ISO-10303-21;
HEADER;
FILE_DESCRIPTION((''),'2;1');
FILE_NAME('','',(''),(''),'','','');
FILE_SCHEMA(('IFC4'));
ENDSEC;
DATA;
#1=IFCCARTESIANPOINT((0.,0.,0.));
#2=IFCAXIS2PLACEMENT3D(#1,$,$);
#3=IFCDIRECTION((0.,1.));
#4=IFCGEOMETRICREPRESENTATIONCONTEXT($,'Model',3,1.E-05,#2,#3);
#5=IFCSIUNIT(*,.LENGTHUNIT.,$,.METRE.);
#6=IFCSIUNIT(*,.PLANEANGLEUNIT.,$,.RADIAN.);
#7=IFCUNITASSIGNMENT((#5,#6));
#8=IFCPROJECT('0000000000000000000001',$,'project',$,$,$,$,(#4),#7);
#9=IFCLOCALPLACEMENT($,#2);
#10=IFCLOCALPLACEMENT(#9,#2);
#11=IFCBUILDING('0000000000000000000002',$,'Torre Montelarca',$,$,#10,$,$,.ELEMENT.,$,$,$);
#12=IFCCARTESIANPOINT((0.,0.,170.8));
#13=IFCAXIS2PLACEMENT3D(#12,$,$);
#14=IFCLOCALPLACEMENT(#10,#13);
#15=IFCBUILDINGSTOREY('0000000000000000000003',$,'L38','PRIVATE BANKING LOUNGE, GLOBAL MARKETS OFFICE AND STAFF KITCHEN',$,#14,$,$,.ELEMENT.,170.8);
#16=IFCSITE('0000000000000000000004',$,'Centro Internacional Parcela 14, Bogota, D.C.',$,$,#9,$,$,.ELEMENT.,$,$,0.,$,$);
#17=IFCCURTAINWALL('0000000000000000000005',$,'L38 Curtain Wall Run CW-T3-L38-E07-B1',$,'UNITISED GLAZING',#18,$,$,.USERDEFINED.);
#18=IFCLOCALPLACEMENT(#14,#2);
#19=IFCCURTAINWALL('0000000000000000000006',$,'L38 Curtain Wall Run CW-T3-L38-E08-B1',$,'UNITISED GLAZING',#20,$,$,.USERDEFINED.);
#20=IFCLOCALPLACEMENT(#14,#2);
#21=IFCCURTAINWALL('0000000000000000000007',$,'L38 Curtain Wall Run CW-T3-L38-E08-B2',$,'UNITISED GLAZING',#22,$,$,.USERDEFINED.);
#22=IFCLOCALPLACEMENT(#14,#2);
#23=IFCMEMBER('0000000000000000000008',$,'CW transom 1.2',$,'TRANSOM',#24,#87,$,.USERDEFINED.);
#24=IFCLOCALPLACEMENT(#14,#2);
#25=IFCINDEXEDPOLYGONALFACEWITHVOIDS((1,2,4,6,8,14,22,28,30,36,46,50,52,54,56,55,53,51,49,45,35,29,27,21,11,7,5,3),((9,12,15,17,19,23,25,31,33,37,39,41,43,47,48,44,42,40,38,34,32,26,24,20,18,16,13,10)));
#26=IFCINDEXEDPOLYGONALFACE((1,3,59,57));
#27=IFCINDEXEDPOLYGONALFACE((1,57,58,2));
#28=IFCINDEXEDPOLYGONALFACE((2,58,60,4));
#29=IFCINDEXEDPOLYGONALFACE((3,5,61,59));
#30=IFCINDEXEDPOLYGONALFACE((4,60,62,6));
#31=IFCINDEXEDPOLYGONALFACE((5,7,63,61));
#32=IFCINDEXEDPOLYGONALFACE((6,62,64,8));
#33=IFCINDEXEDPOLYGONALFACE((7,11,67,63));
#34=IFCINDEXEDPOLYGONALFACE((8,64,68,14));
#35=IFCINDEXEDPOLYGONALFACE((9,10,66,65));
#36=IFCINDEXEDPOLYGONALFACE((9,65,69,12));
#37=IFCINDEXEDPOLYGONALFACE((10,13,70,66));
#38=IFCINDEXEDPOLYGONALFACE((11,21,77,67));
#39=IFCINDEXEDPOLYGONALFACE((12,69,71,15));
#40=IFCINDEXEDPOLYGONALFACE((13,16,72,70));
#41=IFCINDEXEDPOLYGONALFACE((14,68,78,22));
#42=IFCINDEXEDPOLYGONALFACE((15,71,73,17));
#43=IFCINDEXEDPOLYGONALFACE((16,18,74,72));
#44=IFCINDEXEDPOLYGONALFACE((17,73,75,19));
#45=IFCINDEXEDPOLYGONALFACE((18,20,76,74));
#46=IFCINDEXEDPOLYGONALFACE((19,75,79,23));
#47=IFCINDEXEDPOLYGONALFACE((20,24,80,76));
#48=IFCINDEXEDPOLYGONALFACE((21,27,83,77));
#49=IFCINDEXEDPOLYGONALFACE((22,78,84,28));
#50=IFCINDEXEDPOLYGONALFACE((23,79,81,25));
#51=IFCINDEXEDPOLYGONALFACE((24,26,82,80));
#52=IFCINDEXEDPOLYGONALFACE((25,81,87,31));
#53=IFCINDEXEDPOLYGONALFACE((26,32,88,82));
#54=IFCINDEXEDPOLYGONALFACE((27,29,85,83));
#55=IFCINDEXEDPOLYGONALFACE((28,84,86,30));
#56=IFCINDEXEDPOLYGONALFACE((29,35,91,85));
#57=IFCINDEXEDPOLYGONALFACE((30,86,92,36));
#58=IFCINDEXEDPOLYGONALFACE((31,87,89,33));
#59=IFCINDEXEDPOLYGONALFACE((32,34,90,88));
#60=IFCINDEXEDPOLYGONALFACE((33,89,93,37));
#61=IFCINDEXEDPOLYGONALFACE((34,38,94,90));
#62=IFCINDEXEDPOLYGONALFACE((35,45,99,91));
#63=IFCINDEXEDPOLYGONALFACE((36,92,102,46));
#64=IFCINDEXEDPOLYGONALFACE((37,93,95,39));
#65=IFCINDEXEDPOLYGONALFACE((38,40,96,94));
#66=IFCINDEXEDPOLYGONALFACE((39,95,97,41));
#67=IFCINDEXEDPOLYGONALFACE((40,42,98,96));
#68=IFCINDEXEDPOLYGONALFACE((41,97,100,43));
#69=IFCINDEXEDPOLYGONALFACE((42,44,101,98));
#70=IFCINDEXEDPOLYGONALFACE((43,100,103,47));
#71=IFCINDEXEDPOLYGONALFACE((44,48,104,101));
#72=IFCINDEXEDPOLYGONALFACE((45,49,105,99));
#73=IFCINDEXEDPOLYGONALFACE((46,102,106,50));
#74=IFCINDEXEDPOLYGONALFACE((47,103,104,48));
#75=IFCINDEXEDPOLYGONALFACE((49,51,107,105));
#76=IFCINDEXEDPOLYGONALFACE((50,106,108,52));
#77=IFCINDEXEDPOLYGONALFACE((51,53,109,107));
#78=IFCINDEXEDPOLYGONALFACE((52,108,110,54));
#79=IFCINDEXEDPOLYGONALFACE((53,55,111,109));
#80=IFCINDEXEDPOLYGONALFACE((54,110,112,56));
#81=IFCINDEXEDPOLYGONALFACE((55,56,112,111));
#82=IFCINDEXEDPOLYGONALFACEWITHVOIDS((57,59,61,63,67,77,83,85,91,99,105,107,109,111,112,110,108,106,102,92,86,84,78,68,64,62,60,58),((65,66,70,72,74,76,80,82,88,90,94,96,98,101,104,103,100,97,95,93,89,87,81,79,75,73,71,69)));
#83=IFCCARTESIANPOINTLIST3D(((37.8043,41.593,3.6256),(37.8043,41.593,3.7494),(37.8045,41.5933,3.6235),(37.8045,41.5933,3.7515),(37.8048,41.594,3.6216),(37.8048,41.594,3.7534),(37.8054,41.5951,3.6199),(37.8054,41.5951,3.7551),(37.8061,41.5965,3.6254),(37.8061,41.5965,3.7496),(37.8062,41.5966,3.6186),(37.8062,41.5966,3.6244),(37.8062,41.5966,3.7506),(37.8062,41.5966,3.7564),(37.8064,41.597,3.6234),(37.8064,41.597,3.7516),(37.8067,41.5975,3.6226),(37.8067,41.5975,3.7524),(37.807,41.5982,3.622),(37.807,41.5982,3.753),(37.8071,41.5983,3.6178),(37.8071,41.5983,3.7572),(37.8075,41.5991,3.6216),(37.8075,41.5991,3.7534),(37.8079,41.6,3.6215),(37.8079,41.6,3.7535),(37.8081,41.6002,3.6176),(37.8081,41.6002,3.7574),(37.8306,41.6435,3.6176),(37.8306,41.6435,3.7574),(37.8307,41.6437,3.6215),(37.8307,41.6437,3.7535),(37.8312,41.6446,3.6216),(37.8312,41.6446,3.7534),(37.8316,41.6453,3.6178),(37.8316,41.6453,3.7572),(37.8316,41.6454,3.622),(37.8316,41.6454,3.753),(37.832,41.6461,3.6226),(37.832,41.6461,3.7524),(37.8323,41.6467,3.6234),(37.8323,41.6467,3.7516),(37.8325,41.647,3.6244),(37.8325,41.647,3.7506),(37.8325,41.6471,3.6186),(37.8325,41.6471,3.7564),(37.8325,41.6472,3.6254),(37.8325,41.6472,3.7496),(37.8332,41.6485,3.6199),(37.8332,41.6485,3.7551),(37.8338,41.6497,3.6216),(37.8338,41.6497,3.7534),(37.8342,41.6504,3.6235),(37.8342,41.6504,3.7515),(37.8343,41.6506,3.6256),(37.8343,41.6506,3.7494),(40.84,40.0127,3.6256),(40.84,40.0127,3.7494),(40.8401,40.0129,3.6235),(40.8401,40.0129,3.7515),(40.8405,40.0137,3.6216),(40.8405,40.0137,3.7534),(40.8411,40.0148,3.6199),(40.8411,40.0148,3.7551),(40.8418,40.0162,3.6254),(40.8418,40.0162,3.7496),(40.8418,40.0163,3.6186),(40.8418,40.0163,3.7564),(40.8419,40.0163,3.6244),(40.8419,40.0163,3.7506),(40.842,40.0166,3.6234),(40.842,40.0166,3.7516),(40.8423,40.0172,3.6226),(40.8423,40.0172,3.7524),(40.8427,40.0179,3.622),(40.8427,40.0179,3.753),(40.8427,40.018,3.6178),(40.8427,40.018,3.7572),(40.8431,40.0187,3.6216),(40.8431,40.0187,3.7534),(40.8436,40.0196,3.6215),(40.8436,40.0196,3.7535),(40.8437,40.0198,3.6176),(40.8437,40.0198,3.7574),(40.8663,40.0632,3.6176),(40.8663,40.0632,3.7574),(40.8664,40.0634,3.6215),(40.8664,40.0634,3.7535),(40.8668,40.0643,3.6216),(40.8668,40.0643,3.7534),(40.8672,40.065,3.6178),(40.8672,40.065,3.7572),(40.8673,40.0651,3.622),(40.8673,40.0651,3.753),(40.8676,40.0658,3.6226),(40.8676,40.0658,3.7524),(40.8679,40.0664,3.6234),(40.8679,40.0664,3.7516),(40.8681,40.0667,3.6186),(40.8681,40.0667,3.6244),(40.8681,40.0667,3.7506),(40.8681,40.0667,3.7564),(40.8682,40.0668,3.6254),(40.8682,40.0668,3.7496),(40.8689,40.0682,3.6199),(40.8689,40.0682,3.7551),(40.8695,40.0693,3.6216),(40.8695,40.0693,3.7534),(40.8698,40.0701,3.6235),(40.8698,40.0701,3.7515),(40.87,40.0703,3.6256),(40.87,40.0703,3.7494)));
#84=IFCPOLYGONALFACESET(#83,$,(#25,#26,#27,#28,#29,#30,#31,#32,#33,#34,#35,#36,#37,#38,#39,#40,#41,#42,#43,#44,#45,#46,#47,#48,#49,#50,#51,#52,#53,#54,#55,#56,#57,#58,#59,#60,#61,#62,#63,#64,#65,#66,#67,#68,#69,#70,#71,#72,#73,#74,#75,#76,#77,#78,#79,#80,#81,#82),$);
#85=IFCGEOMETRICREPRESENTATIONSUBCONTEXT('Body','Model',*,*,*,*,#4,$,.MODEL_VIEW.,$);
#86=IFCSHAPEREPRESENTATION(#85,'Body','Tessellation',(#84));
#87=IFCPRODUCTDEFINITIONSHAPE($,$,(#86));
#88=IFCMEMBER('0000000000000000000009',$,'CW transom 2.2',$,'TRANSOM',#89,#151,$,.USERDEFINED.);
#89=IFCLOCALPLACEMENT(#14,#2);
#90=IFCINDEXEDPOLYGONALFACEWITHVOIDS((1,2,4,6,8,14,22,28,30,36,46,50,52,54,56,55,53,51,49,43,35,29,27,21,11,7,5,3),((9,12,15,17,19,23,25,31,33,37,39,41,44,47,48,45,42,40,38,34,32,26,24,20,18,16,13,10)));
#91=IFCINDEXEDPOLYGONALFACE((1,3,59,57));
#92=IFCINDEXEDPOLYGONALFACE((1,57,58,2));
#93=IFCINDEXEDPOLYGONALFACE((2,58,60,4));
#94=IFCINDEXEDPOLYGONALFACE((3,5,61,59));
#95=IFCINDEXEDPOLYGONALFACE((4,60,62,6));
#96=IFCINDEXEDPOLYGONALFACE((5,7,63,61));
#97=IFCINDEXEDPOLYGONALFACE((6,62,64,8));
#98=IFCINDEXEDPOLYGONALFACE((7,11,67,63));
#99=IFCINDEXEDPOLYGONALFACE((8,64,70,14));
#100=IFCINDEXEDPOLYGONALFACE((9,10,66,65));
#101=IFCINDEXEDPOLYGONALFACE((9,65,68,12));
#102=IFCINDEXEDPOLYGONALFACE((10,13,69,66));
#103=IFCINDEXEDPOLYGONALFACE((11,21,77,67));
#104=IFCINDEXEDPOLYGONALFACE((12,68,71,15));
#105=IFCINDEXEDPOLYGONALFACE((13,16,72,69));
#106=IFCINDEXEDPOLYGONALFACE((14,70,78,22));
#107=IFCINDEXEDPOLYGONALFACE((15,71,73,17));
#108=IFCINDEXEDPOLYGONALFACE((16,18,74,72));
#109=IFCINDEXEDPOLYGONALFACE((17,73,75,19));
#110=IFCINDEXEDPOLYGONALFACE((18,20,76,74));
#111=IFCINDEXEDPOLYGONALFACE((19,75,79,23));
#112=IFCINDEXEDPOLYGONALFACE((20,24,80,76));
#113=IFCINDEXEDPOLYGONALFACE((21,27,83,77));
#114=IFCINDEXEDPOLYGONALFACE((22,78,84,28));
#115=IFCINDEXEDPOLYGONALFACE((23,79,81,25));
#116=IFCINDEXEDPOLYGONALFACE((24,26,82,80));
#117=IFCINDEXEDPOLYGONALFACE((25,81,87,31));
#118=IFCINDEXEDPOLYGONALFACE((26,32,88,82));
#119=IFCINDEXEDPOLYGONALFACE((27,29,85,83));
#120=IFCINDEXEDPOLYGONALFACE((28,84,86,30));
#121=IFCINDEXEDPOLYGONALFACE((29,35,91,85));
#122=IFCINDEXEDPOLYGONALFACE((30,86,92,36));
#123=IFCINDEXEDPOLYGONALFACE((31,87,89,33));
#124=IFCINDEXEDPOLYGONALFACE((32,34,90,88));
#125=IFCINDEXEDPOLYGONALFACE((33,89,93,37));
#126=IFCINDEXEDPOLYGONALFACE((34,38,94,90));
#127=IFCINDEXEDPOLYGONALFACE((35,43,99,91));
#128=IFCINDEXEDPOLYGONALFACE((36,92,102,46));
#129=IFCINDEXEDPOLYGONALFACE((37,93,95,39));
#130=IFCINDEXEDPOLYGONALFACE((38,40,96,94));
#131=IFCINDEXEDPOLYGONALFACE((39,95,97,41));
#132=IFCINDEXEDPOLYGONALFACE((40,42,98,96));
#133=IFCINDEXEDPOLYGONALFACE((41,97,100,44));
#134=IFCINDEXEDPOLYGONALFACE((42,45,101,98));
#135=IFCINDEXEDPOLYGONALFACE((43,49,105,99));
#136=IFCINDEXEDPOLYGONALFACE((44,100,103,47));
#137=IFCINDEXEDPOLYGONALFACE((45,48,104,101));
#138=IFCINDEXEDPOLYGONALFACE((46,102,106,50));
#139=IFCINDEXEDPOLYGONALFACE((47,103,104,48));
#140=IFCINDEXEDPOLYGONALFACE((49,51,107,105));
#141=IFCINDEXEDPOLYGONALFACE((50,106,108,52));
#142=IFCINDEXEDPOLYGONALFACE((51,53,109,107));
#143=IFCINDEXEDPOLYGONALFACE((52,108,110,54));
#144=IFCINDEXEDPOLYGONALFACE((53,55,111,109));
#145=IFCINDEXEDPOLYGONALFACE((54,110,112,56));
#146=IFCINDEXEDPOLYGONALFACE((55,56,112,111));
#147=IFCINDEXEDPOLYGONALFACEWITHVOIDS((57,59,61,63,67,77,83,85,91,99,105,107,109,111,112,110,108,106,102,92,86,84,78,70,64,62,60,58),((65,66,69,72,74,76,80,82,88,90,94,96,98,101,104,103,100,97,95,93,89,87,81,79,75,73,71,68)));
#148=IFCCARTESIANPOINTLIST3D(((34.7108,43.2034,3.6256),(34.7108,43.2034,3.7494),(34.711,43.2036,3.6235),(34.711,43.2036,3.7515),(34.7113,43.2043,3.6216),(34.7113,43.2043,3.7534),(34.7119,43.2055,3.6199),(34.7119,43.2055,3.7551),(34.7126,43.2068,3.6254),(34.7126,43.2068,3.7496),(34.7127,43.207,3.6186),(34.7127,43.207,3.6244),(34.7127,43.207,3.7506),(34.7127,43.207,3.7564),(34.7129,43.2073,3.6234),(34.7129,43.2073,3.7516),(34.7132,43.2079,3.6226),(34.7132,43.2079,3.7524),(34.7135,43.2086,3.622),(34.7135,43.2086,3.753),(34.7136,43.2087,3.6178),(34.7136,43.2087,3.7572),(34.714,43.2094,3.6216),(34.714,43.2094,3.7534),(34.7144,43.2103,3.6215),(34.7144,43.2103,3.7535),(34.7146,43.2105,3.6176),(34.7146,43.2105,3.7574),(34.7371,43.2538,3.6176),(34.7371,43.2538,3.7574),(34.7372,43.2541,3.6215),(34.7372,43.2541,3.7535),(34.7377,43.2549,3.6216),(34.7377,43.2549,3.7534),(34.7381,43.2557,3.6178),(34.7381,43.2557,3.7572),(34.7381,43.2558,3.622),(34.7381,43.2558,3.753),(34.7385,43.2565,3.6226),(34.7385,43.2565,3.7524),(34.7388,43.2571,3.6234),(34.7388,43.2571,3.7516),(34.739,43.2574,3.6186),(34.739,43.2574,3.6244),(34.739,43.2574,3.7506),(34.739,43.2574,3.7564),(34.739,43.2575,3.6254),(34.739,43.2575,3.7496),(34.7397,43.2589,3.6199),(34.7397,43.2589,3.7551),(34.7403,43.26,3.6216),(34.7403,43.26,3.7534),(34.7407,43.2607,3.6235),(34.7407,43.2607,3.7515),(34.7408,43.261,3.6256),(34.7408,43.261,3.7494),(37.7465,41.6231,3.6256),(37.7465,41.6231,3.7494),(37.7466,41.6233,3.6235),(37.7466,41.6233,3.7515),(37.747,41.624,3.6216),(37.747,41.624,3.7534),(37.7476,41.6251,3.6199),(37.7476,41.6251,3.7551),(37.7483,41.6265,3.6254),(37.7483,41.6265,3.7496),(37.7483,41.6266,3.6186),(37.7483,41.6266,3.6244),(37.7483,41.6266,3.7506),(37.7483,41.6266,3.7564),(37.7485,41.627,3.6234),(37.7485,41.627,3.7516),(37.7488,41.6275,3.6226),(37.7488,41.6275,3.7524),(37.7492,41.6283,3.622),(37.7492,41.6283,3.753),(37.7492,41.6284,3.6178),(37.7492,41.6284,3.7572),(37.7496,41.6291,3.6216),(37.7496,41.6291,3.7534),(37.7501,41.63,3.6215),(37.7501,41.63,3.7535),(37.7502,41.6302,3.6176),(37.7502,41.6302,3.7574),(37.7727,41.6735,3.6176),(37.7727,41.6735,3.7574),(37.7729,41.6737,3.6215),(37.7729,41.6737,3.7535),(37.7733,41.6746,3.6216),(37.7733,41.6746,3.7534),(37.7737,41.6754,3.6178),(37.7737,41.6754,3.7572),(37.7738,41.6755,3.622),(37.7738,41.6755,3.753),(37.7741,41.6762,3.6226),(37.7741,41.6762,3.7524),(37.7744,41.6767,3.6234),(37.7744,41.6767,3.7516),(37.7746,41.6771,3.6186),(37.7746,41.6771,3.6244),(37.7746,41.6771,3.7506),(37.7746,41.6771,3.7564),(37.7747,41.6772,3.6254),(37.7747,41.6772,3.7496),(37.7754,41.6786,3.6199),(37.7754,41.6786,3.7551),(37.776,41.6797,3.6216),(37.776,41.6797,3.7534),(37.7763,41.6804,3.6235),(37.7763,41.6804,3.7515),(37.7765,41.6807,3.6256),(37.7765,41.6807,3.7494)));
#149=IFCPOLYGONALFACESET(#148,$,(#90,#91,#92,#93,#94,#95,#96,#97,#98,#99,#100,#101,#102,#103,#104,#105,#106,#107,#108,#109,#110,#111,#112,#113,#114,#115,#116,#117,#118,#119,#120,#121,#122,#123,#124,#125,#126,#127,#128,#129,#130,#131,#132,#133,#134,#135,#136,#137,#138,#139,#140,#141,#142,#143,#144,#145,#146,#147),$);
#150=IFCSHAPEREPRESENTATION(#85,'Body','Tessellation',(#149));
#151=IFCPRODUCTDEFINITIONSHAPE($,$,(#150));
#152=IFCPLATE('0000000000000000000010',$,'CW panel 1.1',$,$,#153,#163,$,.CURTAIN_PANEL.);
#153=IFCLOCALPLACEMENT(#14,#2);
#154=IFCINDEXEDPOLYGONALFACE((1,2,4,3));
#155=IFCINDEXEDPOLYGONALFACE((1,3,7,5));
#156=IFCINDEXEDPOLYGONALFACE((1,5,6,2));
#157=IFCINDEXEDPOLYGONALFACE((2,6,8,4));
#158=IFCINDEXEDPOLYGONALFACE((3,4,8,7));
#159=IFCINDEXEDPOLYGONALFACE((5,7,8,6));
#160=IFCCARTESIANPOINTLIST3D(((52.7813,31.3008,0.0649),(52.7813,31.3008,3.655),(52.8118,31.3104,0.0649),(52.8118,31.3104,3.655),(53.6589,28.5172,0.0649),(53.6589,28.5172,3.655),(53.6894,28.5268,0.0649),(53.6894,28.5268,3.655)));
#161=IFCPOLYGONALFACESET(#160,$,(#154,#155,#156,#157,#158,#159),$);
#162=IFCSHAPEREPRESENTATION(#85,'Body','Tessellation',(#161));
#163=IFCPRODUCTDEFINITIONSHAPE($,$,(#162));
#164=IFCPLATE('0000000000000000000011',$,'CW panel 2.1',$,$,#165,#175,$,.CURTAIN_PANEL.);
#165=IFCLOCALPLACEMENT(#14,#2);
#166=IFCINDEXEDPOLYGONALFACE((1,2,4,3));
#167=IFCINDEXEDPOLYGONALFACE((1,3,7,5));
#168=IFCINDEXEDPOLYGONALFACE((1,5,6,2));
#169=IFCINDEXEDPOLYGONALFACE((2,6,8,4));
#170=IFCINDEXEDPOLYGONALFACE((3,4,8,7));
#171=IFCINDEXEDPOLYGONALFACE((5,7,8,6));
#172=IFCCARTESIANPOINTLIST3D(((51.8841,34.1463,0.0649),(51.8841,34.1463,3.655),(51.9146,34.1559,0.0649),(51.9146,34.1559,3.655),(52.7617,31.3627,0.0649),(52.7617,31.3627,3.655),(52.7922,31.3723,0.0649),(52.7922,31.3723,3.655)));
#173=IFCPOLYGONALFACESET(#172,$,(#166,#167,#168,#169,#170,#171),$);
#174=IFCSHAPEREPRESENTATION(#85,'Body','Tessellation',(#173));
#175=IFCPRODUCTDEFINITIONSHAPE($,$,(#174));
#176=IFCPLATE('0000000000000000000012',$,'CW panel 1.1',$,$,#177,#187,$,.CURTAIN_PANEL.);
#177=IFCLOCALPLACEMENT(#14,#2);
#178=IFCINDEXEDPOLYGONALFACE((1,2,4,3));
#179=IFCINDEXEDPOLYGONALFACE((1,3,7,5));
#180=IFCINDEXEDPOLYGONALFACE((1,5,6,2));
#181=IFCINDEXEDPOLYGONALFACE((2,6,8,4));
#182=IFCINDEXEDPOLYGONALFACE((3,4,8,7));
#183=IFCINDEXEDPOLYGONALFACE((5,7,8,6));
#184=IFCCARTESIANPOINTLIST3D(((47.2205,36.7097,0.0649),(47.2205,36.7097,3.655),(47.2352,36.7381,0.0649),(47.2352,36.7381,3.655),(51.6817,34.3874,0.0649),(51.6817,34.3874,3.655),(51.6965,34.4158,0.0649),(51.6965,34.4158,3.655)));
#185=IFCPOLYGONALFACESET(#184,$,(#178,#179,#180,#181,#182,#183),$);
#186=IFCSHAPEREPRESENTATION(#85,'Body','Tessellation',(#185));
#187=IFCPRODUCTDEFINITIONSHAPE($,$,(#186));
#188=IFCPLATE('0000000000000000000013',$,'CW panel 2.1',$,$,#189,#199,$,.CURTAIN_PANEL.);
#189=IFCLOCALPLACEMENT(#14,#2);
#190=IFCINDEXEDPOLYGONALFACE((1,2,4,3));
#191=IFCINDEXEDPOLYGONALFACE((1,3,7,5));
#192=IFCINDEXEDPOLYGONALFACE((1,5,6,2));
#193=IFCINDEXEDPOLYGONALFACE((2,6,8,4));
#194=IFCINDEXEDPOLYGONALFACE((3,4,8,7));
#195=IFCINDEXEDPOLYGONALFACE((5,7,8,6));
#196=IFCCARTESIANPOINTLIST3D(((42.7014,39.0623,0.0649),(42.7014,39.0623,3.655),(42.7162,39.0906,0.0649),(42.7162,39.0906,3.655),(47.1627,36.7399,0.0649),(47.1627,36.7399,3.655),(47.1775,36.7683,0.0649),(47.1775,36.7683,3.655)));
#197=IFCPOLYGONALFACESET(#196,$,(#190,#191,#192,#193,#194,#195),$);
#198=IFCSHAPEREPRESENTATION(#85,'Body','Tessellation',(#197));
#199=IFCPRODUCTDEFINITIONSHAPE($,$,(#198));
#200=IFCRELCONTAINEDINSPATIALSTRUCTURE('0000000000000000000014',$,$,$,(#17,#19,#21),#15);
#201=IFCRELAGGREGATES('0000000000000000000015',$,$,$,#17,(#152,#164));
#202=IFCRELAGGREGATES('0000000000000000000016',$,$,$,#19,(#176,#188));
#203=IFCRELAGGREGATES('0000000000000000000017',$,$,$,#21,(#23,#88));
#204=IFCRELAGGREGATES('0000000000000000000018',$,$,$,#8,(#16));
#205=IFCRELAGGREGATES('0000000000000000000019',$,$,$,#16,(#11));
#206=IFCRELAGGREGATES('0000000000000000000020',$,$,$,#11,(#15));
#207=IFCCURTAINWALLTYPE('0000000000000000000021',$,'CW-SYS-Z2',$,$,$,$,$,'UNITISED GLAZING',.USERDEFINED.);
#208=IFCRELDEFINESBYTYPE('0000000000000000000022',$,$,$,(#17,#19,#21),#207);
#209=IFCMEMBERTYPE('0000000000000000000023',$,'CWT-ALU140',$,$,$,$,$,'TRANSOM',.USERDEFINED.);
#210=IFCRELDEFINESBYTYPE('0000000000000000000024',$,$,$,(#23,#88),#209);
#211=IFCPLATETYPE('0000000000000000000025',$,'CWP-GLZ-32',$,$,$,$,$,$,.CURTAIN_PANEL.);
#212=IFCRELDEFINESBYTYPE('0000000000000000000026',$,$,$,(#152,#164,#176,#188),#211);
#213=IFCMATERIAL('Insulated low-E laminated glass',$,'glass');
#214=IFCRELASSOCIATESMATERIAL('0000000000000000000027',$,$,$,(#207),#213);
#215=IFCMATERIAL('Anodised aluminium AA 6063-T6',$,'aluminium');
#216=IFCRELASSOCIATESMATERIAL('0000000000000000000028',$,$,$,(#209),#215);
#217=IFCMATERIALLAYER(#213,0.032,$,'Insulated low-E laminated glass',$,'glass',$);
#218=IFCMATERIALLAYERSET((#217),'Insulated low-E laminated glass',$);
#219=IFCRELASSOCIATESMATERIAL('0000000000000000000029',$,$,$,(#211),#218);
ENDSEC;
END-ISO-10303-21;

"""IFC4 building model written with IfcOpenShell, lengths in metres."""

from ifc_helpers import new_model, si_unit, direction, frame, origin, origin_2d, place, context, subcontext, project, spatial, rectangle, hollow_rectangle, extrude, source, transform, mapped, material, layer, layer_set, material_profile, profile_set, type_object, element, aggregate, save


model = new_model("IFC4")

# Units and contexts
model_context = context("Model", 3, precision=1e-05, world=origin(), true_north=direction((0.0, 1.0)))
body_context = subcontext(model_context, "Body", "Model", "MODEL_VIEW")
ifc_project = project(units=[si_unit("LENGTHUNIT", "METRE"), si_unit("PLANEANGLEUNIT", "RADIAN")], contexts=[model_context])

# Site, building, storey
site_placement = place(None, origin())
site = spatial("IfcSite", under=ifc_project, at=site_placement, Name="Centro Internacional Parcela 14, Bogota, D.C.", CompositionType="ELEMENT", RefElevation=0.0)
building_placement = place(site_placement, origin())
building = spatial("IfcBuilding", under=site, at=building_placement, Name="Torre Montelarca", CompositionType="ELEMENT")
storey_placement = place(building_placement, frame((0.0, 0.0, 170.8)))
storey = spatial("IfcBuildingStorey", under=building, at=storey_placement, Name="L38", Description="PRIVATE BANKING LOUNGE, GLOBAL MARKETS OFFICE AND STAFF KITCHEN", CompositionType="ELEMENT", Elevation=170.8)

# Curtain walls
ifc_material_1 = material(Name="Insulated low-E laminated glass", Category="glass")
curtain_wall_type = type_object("IfcCurtainWallType", Name="CW-SYS-Z2", ElementType="UNITISED GLAZING", PredefinedType="USERDEFINED", material=ifc_material_1)
curtain_wall_1_placement = place(storey_placement, origin())
curtain_wall_1 = element("IfcCurtainWall", 1, at=curtain_wall_1_placement, inside=storey, type_object=curtain_wall_type, Name="L38 Curtain Wall Run CW-T3-L38-E07-B1", ObjectType="UNITISED GLAZING", PredefinedType="USERDEFINED")
ifc_material_2 = material(Name="Anodised aluminium AA 6063-T6", Category="aluminium")
ifc_material_profile_1 = material_profile(ifc_material_2, hollow_rectangle(XDim=0.0649, YDim=0.1399, WallThickness=0.0039, InnerFilletRadius=0.0039, OuterFilletRadius=0.0081, at=origin_2d()), Name="ALU65X140X4", Category="aluminium")
ifc_profile_set_1 = profile_set([ifc_material_profile_1], Name="Anodised aluminium AA 6063-T6")
member_type_1 = type_object("IfcMemberType", Name="CWT-ALU140", ElementType="TRANSOM", PredefinedType="USERDEFINED", material=ifc_profile_set_1)
curtain_wall_2_placement = place(storey_placement, origin())
curtain_wall_2 = element("IfcCurtainWall", 2, at=curtain_wall_2_placement, inside=storey, type_object=curtain_wall_type, Name="L38 Curtain Wall Run CW-T3-L38-E08-B1", ObjectType="UNITISED GLAZING", PredefinedType="USERDEFINED")
curtain_wall_3_placement = place(storey_placement, origin())
curtain_wall_3 = element("IfcCurtainWall", 3, at=curtain_wall_3_placement, inside=storey, type_object=curtain_wall_type, Name="L38 Curtain Wall Run CW-T3-L38-E08-B2", ObjectType="UNITISED GLAZING", PredefinedType="USERDEFINED")

# Members
shared_shape_1 = source(origin(), body_context, "Body", "SweptSolid", [
    extrude(hollow_rectangle(XDim=0.0649, YDim=0.1399, WallThickness=0.0039, InnerFilletRadius=0.0039, OuterFilletRadius=0.0081, at=origin_2d()), origin(), (0.0, 0.0, 1.0), 3.4224),
])
member_1_placement = place(storey_placement, frame((40.855, 40.0415, 3.6875), z_axis=(-0.887003, 0.461764, 0.0), x_axis=(-0.461764, -0.887003, 0.0)))
member_1 = element("IfcMember", 4, at=member_1_placement, type_object=member_type_1, Name="CW transom 1.2", ObjectType="TRANSOM", PredefinedType="USERDEFINED", context=body_context, shape_type="MappedRepresentation", body=[
    mapped(shared_shape_1, transform((0.0, 0.0, 0.0), scale=1.0)),
])
member_2_placement = place(storey_placement, frame((37.7615, 41.6519, 3.6875), z_axis=(-0.887003, 0.461764, 0.0), x_axis=(-0.461764, -0.887003, 0.0)))
member_2 = element("IfcMember", 5, at=member_2_placement, type_object=member_type_1, Name="CW transom 2.2", ObjectType="TRANSOM", PredefinedType="USERDEFINED", context=body_context, shape_type="MappedRepresentation", body=[
    mapped(shared_shape_1, transform((0.0, 0.0, 0.0), scale=1.0)),
])

# Plates
ifc_layer_1 = layer(ifc_material_1, 0.032, Name="Insulated low-E laminated glass", Category="glass")
ifc_layer_set_1 = layer_set([ifc_layer_1], Name="Insulated low-E laminated glass")
plate_type = type_object("IfcPlateType", Name="CWP-GLZ-32", PredefinedType="CURTAIN_PANEL", material=ifc_layer_set_1)
shared_shape_2 = source(origin(), body_context, "Body", "SweptSolid", [
    extrude(rectangle(XDim=2.9187, YDim=0.032, at=origin_2d()), origin(), (0.0, 0.0, 1.0), 3.5901),
])
plate_1_placement = place(storey_placement, frame((53.2354, 29.9138, 0.0649), z_axis=(0.0, 0.0, 1.0), x_axis=(-0.300699, 0.953719, 0.0)))
plate_1 = element("IfcPlate", 6, at=plate_1_placement, type_object=plate_type, Name="CW panel 1.1", PredefinedType="CURTAIN_PANEL", context=body_context, shape_type="MappedRepresentation", body=[
    mapped(shared_shape_2, transform((0.0, 0.0, 0.0), scale=1.0)),
])
plate_2_placement = place(storey_placement, frame((52.3381, 32.7593, 0.0649), z_axis=(0.0, 0.0, 1.0), x_axis=(-0.300699, 0.953719, 0.0)))
plate_2 = element("IfcPlate", 7, at=plate_2_placement, type_object=plate_type, Name="CW panel 2.1", PredefinedType="CURTAIN_PANEL", context=body_context, shape_type="MappedRepresentation", body=[
    mapped(shared_shape_2, transform((0.0, 0.0, 0.0), scale=1.0)),
])
aggregate(curtain_wall_1, [plate_1, plate_2])
shared_shape_3 = source(origin(), body_context, "Body", "SweptSolid", [
    extrude(rectangle(XDim=5.0295, YDim=0.032, at=origin_2d()), origin(), (0.0, 0.0, 1.0), 3.5901),
])
plate_3_placement = place(storey_placement, frame((49.4585, 35.5627, 0.0649), z_axis=(0.0, 0.0, 1.0), x_axis=(-0.887014, 0.461743, 0.0)))
plate_3 = element("IfcPlate", 8, at=plate_3_placement, type_object=plate_type, Name="CW panel 1.1", PredefinedType="CURTAIN_PANEL", context=body_context, shape_type="MappedRepresentation", body=[
    mapped(shared_shape_3, transform((0.0, 0.0, 0.0), scale=1.0)),
])
plate_4_placement = place(storey_placement, frame((44.9395, 37.9153, 0.0649), z_axis=(0.0, 0.0, 1.0), x_axis=(-0.887014, 0.461743, 0.0)))
plate_4 = element("IfcPlate", 9, at=plate_4_placement, type_object=plate_type, Name="CW panel 2.1", PredefinedType="CURTAIN_PANEL", context=body_context, shape_type="MappedRepresentation", body=[
    mapped(shared_shape_3, transform((0.0, 0.0, 0.0), scale=1.0)),
])
aggregate(curtain_wall_2, [plate_3, plate_4])
aggregate(curtain_wall_3, [member_1, member_2])

save(model, "model.ifc")
